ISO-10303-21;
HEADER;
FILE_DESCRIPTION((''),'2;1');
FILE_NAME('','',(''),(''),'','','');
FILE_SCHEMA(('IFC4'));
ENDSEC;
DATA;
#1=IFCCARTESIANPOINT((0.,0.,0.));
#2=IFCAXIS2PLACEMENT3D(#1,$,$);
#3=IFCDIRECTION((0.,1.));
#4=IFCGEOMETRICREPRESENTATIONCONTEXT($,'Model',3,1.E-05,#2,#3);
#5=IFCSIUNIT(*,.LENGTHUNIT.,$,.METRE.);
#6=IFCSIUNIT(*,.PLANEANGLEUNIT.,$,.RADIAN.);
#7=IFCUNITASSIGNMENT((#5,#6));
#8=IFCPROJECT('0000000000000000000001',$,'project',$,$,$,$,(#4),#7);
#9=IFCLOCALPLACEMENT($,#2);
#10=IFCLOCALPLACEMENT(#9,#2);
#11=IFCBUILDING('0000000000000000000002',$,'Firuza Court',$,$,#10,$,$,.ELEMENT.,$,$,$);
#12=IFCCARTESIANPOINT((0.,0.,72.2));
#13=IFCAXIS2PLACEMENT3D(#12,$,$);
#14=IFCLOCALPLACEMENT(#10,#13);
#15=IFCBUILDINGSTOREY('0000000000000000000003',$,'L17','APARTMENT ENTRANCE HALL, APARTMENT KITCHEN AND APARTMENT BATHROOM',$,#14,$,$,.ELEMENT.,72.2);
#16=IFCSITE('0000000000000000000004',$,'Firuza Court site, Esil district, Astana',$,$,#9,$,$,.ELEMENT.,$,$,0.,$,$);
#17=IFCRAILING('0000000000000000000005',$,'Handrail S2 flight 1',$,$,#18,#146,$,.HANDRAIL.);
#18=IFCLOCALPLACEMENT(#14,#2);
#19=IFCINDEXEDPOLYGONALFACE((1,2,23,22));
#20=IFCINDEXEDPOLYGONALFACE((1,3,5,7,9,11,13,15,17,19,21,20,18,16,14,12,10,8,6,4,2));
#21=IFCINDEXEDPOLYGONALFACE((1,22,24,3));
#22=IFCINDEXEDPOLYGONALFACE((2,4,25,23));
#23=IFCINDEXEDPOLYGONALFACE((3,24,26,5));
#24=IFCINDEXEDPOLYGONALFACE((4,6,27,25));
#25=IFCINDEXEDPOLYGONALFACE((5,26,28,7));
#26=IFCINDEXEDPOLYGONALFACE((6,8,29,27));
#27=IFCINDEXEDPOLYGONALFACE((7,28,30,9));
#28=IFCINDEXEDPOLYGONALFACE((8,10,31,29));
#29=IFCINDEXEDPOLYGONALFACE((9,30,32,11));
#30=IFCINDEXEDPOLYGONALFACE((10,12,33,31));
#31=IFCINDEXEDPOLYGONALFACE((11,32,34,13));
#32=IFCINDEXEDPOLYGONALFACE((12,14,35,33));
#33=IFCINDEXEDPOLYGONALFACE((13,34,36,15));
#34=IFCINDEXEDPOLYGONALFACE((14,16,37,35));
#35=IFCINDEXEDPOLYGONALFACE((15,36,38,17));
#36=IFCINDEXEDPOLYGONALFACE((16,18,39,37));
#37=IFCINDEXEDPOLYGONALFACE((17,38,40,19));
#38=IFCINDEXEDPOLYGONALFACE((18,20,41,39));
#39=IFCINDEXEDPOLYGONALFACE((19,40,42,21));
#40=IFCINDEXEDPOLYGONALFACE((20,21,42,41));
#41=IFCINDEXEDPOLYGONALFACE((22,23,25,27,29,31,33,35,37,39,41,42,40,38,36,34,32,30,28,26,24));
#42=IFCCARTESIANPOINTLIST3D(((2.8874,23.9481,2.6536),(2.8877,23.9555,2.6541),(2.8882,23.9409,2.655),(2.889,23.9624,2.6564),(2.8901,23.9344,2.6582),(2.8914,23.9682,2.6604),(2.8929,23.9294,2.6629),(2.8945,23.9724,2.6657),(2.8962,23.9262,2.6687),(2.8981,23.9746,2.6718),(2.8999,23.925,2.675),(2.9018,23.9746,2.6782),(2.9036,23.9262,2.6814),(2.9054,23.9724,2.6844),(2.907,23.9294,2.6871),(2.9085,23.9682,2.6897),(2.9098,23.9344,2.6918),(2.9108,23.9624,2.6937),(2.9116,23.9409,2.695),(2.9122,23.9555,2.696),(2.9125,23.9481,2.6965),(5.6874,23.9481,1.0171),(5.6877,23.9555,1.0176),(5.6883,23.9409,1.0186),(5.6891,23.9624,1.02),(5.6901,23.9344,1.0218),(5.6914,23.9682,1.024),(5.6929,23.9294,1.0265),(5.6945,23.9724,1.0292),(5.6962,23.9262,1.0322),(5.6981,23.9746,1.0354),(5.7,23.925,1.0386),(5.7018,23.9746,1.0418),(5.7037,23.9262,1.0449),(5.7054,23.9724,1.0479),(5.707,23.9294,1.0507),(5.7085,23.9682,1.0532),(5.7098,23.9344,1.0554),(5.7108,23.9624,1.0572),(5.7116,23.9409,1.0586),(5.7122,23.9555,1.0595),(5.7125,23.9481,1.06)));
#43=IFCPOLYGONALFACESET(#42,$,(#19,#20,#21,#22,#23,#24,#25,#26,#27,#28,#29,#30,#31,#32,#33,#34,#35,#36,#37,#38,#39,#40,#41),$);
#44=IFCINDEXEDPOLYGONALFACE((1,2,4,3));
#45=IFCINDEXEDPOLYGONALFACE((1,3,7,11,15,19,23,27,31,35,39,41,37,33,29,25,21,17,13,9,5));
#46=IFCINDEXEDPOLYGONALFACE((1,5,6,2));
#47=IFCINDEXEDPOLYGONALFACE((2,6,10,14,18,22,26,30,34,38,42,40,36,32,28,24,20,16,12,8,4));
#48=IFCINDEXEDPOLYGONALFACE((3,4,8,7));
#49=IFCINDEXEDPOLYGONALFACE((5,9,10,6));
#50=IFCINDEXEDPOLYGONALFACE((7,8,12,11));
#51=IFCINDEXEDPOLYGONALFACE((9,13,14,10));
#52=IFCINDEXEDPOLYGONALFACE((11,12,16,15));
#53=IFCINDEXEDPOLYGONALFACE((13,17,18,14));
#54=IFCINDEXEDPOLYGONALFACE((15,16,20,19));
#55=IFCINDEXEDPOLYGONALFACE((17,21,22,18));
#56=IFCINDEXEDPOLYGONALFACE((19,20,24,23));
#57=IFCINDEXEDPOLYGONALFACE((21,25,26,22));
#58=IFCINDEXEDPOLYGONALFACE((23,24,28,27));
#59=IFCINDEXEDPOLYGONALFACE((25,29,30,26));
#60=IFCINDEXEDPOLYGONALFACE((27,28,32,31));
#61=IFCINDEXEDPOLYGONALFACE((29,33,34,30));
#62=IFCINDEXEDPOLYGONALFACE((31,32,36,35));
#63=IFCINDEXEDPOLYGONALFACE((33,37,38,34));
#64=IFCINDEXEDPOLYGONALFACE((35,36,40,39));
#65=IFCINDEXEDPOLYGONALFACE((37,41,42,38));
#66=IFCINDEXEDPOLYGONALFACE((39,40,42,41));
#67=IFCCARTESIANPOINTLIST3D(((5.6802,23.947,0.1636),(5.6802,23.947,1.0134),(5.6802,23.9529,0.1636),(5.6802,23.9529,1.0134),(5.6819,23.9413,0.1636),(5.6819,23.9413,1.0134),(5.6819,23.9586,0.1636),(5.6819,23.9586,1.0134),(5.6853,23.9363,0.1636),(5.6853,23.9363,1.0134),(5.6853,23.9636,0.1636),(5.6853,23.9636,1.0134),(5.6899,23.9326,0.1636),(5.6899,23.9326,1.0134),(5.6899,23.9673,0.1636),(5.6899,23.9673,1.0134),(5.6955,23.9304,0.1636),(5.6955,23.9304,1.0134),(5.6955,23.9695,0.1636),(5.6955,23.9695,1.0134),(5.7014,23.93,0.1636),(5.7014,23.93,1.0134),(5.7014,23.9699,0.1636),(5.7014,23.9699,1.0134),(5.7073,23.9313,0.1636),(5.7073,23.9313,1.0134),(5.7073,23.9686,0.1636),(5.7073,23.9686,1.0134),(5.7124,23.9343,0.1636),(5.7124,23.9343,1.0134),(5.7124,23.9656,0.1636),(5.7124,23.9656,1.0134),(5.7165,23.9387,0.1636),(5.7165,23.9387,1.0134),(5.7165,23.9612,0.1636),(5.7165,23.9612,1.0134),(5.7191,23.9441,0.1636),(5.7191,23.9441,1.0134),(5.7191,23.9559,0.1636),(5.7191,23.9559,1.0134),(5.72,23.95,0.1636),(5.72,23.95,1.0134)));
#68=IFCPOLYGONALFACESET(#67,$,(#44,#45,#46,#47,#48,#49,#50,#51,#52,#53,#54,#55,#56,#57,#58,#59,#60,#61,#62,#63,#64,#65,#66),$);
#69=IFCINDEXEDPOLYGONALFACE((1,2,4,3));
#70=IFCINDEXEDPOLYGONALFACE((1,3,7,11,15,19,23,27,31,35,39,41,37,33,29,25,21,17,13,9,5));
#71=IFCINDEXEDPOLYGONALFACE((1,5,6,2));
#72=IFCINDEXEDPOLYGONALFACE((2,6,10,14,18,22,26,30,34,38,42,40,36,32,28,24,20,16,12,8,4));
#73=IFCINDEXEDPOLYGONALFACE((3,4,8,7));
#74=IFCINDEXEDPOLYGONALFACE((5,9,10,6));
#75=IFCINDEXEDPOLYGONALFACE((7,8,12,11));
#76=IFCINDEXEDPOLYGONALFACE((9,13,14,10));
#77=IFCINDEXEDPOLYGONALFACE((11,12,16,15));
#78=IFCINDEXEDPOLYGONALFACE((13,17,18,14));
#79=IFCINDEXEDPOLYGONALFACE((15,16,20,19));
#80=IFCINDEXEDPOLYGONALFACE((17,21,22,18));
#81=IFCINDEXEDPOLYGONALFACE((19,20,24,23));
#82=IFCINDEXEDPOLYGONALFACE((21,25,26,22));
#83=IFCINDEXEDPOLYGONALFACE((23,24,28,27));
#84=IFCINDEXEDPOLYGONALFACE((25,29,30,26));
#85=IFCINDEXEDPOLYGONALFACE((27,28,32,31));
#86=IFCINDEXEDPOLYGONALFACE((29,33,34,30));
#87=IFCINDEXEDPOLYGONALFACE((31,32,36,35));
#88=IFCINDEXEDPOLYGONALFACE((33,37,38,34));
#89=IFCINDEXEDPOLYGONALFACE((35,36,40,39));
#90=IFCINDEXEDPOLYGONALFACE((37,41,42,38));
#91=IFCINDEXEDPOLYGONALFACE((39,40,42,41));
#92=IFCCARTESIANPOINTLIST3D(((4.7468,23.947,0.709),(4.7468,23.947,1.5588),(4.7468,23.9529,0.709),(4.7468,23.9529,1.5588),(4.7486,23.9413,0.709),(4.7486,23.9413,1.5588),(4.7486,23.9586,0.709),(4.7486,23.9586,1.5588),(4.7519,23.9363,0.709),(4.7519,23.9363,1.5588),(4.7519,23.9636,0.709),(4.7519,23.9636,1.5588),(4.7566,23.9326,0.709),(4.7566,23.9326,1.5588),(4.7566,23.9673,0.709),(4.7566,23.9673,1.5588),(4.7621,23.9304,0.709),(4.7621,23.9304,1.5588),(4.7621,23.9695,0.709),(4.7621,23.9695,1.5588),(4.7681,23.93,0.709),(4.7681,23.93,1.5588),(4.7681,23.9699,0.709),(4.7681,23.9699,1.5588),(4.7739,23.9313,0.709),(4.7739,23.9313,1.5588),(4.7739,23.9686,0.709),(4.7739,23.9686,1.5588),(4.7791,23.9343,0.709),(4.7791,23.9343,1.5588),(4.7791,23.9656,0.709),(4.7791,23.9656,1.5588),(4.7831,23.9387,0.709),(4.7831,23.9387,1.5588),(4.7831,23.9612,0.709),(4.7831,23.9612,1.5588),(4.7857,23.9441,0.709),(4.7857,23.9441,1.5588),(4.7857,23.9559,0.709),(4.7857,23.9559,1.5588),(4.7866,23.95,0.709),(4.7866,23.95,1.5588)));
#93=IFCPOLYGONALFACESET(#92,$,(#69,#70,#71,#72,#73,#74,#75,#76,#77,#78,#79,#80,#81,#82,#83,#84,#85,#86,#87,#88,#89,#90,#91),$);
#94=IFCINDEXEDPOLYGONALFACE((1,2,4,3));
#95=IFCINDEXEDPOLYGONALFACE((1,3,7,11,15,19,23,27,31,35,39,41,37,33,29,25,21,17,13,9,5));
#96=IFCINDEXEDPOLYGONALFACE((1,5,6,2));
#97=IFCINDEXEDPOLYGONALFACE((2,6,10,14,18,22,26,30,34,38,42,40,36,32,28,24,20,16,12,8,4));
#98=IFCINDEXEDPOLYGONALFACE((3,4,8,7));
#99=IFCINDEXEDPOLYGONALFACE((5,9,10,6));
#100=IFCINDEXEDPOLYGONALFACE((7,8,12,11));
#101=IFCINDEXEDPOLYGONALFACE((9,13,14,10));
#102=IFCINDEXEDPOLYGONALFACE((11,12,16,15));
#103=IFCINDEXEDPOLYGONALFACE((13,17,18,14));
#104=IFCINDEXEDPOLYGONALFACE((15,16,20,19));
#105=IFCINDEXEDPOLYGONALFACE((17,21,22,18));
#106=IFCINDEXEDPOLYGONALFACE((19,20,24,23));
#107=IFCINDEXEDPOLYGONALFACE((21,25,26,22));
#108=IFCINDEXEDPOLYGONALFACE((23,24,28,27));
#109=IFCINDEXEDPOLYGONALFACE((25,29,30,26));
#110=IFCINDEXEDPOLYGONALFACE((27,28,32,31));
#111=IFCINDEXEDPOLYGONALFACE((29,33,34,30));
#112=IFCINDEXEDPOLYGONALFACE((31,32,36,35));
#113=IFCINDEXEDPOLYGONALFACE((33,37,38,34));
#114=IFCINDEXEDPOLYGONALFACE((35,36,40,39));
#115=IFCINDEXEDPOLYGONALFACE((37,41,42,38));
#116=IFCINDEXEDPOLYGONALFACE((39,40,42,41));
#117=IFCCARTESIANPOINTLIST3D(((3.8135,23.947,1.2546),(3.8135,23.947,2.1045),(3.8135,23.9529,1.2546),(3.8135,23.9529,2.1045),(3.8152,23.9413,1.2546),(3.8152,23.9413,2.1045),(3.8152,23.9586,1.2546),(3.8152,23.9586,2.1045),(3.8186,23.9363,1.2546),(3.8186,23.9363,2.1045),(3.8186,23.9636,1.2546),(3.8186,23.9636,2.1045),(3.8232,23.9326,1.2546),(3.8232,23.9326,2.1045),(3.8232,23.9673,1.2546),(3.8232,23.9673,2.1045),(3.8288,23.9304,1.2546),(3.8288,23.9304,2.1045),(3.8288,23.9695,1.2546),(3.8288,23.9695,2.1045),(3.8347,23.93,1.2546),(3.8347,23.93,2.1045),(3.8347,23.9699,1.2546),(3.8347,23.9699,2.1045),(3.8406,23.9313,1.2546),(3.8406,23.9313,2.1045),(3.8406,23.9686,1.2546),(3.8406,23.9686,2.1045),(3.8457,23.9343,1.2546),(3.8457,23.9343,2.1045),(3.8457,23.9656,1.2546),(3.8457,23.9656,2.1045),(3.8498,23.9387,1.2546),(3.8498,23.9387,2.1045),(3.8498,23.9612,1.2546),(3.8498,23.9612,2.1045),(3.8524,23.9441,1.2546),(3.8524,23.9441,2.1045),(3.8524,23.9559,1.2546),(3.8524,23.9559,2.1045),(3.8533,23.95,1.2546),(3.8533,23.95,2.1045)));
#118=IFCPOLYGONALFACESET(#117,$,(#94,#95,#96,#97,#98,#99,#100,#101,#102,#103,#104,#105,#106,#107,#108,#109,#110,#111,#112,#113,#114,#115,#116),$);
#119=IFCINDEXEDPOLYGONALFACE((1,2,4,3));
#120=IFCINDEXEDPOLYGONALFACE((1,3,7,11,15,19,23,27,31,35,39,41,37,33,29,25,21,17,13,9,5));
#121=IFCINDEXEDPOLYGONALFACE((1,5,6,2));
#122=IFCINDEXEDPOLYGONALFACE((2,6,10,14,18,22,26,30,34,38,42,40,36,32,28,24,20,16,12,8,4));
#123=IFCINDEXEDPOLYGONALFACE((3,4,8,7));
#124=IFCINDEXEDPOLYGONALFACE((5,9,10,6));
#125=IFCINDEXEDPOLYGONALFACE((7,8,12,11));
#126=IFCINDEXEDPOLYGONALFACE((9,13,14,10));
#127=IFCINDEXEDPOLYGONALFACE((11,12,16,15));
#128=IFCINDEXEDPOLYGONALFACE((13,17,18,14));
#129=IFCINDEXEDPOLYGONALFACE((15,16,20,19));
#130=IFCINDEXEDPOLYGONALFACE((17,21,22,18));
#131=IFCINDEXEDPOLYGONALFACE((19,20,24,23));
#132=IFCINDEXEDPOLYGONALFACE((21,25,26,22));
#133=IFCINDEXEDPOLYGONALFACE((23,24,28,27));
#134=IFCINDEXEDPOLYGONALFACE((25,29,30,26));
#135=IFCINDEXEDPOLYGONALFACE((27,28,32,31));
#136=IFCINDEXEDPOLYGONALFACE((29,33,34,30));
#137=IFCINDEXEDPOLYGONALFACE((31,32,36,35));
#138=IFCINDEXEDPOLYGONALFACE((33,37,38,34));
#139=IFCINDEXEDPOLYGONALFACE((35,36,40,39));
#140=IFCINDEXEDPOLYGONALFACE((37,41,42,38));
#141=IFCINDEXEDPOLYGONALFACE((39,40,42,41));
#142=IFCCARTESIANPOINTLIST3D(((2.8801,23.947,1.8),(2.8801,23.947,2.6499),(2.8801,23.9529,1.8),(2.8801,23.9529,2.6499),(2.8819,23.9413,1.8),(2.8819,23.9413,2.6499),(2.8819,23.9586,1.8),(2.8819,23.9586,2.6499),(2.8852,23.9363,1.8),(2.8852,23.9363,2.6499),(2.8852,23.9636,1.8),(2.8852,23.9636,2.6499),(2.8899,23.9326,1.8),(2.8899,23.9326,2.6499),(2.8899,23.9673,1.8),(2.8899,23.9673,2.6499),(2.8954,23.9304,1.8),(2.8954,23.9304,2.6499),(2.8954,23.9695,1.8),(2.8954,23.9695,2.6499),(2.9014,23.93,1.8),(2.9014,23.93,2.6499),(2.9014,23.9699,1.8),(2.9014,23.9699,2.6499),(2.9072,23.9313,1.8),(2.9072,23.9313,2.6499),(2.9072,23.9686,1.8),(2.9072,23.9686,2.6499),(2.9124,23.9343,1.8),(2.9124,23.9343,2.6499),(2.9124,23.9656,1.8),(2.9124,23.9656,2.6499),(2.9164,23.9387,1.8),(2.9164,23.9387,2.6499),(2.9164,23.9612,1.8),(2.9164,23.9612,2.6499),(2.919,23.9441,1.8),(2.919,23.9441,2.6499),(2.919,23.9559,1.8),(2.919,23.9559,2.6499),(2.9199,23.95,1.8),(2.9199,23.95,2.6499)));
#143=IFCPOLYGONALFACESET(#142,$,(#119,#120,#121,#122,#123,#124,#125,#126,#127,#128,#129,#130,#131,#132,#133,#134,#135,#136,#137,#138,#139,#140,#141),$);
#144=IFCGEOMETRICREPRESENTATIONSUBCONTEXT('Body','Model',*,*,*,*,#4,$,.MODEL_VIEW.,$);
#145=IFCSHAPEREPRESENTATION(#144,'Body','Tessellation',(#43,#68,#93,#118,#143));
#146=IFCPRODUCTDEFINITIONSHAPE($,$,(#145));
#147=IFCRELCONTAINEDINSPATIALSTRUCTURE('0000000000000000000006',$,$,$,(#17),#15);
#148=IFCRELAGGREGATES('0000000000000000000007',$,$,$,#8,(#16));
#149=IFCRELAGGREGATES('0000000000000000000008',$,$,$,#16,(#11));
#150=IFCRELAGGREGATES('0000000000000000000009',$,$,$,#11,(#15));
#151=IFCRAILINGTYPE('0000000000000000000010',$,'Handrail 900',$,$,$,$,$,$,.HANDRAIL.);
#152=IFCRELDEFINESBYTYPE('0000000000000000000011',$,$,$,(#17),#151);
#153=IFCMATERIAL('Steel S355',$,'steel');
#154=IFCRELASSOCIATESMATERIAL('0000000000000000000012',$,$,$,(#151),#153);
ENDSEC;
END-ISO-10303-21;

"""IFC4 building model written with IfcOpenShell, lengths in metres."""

from ifc_helpers import new_model, si_unit, direction, frame, origin, origin_2d, place, context, subcontext, project, spatial, circle, extrude, material, type_object, element, save


model = new_model("IFC4")

# Units and contexts
model_context = context("Model", 3, precision=1e-05, world=origin(), true_north=direction((0.0, 1.0)))
body_context = subcontext(model_context, "Body", "Model", "MODEL_VIEW")
ifc_project = project(units=[si_unit("LENGTHUNIT", "METRE"), si_unit("PLANEANGLEUNIT", "RADIAN")], contexts=[model_context])

# Site, building, storey
site_placement = place(None, origin())
site = spatial("IfcSite", under=ifc_project, at=site_placement, Name="Firuza Court site, Esil district, Astana", CompositionType="ELEMENT", RefElevation=0.0)
building_placement = place(site_placement, origin())
building = spatial("IfcBuilding", under=site, at=building_placement, Name="Firuza Court", CompositionType="ELEMENT")
storey_placement = place(building_placement, frame((0.0, 0.0, 72.2)))
storey = spatial("IfcBuildingStorey", under=building, at=storey_placement, Name="L17", Description="APARTMENT ENTRANCE HALL, APARTMENT KITCHEN AND APARTMENT BATHROOM", CompositionType="ELEMENT", Elevation=72.2)

# Railing
ifc_material_1 = material(Name="Steel S355", Category="steel")
railing_type_1 = type_object("IfcRailingType", Name="Handrail 900", PredefinedType="HANDRAIL", material=ifc_material_1)
railing_1_placement = place(storey_placement, frame((5.7, 23.95, 0.1636)))
element("IfcRailing", 1, at=railing_1_placement, inside=storey, type_object=railing_type_1, Name="Handrail S2 flight 1", PredefinedType="HANDRAIL", context=body_context, shape_type="SweptSolid", body=[
    extrude(circle(Radius=0.0249, at=origin_2d()), frame((0.0, 0.0, 0.875), z_axis=(-0.863361, 0.0, 0.504587), x_axis=(0.0, -1.0, 0.0)), (0.0, 0.0, 1.0), 3.2432),
    extrude(circle(Radius=0.02, at=origin_2d()), origin(), (0.0, 0.0, 1.0), 0.8499),
    extrude(circle(Radius=0.02, at=origin_2d()), frame((-0.9333, 0.0, 0.5454)), (0.0, 0.0, 1.0), 0.8499),
    extrude(circle(Radius=0.02, at=origin_2d()), frame((-1.8667, 0.0, 1.0911)), (0.0, 0.0, 1.0), 0.8499),
    extrude(circle(Radius=0.02, at=origin_2d()), frame((-2.8, 0.0, 1.6365)), (0.0, 0.0, 1.0), 0.8499),
])

save(model, "model.ifc")
